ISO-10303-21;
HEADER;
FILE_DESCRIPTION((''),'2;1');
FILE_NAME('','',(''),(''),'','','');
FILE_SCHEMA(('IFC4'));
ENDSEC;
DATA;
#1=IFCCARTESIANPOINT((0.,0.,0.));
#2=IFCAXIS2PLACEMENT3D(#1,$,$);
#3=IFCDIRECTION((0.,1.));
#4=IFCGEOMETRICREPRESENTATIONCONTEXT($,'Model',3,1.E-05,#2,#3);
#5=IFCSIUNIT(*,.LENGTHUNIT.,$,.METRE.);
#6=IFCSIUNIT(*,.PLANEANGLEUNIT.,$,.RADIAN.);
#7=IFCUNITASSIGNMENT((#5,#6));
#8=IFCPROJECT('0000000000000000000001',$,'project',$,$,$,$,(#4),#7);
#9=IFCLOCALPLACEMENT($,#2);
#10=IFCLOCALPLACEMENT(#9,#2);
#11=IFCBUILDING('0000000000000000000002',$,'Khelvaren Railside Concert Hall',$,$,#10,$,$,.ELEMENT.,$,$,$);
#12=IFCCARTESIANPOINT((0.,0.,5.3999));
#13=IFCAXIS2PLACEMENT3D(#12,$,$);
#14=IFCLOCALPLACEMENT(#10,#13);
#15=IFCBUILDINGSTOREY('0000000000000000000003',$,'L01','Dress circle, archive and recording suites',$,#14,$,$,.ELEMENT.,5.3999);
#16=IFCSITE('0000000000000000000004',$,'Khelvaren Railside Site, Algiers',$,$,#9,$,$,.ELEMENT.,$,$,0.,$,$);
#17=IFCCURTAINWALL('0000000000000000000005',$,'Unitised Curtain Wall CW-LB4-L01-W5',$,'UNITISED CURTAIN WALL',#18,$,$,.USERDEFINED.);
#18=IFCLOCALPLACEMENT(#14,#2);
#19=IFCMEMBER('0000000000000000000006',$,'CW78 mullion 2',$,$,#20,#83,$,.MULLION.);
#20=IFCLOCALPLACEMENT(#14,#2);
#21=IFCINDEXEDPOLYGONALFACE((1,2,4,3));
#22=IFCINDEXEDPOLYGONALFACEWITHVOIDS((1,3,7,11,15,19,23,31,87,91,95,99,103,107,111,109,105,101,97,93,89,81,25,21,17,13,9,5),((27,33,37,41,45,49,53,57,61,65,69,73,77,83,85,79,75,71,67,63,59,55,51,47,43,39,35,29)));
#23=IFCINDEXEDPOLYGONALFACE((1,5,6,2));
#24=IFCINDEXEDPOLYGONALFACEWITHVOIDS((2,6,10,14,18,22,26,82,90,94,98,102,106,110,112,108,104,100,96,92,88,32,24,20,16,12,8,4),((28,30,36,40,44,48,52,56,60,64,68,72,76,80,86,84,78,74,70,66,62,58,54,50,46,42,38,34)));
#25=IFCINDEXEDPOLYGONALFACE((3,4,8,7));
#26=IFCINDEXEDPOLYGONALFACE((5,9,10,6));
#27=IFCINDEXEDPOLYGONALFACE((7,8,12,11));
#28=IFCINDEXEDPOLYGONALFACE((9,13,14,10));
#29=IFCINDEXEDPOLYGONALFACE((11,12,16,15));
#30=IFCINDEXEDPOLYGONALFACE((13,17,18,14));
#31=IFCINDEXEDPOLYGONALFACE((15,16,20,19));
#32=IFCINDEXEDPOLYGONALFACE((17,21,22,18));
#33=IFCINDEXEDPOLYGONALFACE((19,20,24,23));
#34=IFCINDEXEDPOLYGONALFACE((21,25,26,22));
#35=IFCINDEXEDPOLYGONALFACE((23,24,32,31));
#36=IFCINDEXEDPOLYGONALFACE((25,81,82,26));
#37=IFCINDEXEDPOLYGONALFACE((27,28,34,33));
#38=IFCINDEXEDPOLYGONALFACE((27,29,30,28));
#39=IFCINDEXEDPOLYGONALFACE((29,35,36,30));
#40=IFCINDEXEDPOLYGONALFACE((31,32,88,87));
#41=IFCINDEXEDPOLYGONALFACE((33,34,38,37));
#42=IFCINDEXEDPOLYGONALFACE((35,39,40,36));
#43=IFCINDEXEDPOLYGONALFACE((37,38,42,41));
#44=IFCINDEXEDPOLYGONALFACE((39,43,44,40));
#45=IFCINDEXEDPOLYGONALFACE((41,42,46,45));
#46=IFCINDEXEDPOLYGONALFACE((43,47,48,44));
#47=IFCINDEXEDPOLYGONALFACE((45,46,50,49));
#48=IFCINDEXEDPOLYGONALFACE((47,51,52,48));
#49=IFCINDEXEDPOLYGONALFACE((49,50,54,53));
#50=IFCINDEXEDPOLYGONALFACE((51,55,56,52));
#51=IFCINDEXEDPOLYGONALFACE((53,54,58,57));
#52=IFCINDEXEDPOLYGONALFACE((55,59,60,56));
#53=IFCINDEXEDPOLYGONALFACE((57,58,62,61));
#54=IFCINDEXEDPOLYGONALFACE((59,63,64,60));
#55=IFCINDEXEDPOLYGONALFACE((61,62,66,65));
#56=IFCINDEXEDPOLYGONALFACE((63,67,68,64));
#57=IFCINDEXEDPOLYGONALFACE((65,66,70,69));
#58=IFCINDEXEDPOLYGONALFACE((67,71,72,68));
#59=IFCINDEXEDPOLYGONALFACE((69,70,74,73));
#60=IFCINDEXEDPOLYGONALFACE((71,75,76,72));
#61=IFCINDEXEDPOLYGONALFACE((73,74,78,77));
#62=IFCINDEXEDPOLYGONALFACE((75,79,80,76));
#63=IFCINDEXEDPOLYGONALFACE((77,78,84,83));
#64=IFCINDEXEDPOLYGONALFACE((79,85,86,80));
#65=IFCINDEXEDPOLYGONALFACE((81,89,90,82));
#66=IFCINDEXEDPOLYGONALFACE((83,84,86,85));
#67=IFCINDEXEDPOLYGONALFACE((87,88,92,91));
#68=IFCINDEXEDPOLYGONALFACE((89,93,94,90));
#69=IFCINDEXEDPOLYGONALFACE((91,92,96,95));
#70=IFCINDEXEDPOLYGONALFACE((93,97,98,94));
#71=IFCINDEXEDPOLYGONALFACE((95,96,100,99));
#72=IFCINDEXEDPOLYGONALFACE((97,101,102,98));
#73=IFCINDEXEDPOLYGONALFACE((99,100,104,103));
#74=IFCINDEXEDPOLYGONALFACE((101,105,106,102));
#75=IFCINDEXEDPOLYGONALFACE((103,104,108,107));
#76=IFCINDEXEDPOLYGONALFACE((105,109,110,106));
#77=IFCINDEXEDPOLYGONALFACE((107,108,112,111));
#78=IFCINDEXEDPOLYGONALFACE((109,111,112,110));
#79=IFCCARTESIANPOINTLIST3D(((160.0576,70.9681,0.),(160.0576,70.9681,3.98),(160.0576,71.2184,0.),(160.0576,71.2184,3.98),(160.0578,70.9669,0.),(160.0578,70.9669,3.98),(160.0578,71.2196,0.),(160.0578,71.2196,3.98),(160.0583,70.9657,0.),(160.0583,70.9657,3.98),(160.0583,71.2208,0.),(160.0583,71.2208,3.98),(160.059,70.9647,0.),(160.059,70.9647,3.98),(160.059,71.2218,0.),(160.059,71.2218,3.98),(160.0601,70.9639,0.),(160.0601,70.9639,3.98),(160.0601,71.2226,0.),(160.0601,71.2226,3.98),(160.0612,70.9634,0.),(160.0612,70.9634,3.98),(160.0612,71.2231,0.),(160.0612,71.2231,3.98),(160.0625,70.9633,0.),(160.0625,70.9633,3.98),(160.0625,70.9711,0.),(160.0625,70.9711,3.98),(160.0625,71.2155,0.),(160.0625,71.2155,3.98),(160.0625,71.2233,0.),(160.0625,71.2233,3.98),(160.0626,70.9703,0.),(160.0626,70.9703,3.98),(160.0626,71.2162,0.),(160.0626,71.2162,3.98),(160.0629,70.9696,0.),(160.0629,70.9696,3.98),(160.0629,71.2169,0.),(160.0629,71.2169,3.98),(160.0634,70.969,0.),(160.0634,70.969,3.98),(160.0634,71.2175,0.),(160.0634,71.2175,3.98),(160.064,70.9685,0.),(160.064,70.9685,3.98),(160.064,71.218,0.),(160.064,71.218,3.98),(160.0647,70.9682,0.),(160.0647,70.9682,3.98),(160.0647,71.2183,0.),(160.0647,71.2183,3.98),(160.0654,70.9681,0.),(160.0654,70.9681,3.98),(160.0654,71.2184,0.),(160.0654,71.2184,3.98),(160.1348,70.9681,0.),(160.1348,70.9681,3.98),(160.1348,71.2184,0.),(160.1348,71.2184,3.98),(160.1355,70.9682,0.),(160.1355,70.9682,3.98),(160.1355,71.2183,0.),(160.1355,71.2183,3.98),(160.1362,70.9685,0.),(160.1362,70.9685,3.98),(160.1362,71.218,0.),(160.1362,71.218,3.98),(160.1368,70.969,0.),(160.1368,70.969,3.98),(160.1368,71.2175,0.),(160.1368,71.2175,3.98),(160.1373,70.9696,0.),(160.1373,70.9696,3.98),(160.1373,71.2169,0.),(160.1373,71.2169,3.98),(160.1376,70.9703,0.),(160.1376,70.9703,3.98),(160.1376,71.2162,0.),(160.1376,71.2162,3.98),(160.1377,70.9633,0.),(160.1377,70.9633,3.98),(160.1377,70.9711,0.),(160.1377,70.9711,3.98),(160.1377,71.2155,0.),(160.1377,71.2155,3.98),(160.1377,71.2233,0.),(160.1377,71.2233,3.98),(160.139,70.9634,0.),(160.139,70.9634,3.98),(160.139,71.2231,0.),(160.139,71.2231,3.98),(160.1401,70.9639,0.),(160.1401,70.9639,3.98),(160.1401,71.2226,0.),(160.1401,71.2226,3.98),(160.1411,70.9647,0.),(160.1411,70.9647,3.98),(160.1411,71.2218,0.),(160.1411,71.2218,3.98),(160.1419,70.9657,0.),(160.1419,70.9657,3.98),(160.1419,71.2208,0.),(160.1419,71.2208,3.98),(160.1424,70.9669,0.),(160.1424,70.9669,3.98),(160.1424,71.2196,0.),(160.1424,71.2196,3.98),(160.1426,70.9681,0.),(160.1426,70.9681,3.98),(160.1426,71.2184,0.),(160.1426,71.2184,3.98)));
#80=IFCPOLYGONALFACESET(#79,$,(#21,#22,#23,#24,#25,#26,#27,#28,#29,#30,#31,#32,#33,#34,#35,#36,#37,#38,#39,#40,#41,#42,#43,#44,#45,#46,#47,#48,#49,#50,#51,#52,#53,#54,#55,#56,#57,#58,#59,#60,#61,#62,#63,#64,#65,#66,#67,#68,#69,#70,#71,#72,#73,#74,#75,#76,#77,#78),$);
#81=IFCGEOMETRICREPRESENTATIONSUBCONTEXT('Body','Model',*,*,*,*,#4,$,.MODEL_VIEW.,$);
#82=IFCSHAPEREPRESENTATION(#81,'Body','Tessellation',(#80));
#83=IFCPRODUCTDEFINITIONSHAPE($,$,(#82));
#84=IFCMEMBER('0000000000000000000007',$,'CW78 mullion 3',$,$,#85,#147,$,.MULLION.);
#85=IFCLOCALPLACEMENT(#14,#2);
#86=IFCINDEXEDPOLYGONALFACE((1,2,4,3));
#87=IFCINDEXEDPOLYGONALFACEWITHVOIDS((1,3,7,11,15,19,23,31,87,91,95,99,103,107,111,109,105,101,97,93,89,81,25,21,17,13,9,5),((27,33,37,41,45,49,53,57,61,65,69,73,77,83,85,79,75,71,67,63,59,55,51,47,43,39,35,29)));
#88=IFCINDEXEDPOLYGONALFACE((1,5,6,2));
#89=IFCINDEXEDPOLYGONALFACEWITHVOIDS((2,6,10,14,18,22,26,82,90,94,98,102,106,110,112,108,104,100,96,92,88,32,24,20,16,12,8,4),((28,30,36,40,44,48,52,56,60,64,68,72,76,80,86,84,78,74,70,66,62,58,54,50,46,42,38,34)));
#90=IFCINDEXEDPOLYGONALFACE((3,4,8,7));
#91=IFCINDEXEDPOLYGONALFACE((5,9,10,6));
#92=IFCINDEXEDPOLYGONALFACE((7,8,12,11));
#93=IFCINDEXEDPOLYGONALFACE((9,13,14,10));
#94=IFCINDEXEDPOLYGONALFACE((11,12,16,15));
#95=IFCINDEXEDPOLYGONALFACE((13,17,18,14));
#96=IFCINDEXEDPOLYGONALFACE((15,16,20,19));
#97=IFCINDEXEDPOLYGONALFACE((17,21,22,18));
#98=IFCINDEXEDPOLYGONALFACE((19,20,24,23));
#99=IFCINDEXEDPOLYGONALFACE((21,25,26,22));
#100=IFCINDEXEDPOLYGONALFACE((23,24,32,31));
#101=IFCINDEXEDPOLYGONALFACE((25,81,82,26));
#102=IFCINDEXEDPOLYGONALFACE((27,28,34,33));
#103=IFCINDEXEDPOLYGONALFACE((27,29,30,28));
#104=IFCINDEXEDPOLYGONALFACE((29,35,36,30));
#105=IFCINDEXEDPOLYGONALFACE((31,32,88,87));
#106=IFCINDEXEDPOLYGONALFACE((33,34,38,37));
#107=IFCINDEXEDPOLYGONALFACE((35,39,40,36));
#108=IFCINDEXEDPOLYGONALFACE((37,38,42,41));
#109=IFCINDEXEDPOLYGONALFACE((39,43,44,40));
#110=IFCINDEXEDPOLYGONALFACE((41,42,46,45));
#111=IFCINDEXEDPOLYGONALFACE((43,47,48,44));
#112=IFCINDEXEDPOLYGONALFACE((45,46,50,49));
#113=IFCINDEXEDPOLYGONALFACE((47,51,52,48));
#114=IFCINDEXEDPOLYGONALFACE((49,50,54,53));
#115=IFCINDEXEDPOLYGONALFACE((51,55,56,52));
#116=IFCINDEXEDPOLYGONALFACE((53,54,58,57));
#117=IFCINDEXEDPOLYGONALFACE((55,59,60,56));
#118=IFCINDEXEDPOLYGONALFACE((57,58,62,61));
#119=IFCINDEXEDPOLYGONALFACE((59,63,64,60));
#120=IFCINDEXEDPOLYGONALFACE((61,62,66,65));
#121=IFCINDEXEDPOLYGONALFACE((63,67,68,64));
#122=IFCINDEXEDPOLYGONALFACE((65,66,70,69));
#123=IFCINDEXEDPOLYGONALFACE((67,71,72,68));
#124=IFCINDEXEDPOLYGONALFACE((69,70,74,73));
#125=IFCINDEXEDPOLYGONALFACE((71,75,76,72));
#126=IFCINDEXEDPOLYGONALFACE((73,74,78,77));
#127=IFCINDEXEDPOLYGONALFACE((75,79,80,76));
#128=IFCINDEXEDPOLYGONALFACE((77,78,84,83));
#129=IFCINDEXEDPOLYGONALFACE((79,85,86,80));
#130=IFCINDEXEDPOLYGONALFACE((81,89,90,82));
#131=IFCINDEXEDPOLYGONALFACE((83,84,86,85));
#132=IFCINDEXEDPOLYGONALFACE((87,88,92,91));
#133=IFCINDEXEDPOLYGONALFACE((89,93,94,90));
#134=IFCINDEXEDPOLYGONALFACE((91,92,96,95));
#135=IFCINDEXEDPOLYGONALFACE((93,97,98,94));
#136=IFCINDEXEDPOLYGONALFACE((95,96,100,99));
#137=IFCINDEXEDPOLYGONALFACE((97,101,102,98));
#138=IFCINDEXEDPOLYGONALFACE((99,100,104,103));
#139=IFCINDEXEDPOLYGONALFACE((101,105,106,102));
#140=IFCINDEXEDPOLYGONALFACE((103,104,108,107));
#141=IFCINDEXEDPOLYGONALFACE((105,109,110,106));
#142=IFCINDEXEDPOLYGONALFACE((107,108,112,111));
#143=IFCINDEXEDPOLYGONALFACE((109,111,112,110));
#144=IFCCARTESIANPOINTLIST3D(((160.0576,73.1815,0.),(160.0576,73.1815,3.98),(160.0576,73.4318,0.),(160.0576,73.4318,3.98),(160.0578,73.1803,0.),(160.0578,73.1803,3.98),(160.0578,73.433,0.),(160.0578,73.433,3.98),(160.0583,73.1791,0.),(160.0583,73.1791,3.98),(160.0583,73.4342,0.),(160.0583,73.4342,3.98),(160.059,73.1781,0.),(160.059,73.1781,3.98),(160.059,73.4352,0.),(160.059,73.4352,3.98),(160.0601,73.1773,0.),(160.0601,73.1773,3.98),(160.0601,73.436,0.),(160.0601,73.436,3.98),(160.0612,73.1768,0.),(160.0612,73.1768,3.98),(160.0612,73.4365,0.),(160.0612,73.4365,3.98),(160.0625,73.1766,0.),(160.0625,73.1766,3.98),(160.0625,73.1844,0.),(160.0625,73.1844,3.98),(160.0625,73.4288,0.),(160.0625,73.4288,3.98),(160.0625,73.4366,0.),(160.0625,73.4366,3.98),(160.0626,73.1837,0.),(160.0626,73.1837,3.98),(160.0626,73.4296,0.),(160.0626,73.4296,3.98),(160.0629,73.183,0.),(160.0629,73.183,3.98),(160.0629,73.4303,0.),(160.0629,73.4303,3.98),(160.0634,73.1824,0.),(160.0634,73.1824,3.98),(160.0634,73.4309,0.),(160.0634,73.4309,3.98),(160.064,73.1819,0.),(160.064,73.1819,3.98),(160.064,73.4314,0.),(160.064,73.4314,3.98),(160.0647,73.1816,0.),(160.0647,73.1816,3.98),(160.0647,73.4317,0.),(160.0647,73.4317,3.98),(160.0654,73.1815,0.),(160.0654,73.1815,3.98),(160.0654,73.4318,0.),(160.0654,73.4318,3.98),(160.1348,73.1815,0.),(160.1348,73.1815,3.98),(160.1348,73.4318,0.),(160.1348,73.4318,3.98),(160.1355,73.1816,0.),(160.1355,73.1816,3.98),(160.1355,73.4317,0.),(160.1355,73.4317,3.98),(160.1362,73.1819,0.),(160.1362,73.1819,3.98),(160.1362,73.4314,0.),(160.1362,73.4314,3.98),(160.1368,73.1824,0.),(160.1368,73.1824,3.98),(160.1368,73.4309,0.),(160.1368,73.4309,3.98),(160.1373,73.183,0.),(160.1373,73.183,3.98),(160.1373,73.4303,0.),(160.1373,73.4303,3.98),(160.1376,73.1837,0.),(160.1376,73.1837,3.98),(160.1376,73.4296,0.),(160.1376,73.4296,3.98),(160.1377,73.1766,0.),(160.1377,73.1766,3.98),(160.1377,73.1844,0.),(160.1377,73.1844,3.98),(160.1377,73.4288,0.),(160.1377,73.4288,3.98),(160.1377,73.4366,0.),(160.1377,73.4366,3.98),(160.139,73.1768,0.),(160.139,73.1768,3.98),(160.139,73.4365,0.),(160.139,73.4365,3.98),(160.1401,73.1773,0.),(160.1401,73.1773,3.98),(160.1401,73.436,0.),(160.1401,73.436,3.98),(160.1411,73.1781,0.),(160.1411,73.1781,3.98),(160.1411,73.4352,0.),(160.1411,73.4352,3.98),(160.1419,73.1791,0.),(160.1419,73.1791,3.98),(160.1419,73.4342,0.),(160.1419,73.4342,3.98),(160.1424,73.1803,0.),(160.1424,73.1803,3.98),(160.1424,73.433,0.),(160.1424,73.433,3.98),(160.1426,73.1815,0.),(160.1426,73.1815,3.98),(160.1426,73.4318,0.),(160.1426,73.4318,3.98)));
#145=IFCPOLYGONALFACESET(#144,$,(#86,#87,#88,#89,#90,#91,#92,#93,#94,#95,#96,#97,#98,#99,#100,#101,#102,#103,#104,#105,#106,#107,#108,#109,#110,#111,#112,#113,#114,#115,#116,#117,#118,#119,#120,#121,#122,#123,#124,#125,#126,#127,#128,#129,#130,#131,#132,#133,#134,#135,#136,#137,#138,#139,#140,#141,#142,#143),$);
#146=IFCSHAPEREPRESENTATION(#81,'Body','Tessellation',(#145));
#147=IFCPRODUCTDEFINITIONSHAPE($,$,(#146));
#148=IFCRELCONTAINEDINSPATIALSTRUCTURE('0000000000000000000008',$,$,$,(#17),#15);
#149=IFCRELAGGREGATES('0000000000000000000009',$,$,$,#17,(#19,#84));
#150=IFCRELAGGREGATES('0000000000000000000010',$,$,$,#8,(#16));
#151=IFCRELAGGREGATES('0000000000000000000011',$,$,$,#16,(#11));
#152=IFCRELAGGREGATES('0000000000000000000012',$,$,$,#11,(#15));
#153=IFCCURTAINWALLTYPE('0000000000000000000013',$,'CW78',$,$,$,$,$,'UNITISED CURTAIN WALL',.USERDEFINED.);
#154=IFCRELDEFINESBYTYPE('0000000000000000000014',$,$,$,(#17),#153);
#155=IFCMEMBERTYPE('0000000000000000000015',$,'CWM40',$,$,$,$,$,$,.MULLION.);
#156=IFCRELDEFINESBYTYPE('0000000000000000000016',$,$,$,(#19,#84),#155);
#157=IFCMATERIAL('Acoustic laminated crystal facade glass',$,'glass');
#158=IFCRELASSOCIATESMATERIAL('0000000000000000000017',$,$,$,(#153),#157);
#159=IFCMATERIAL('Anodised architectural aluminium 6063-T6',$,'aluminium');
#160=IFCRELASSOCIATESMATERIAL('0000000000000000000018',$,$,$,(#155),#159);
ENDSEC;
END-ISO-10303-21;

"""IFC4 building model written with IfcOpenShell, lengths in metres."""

from ifc_helpers import new_model, si_unit, direction, frame, origin, origin_2d, place, context, subcontext, project, spatial, hollow_rectangle, extrude, material, material_profile, profile_set, type_object, element, aggregate, save


model = new_model("IFC4")

# Units and contexts
model_context = context("Model", 3, precision=1e-05, world=origin(), true_north=direction((0.0, 1.0)))
body_context = subcontext(model_context, "Body", "Model", "MODEL_VIEW")
ifc_project = project(units=[si_unit("LENGTHUNIT", "METRE"), si_unit("PLANEANGLEUNIT", "RADIAN")], contexts=[model_context])

# Site, building, storey
site_placement = place(None, origin())
site = spatial("IfcSite", under=ifc_project, at=site_placement, Name="Khelvaren Railside Site, Algiers", CompositionType="ELEMENT", RefElevation=0.0)
building_placement = place(site_placement, origin())
building = spatial("IfcBuilding", under=site, at=building_placement, Name="Khelvaren Railside Concert Hall", CompositionType="ELEMENT")
storey_placement = place(building_placement, frame((0.0, 0.0, 5.3999)))
storey = spatial("IfcBuildingStorey", under=building, at=storey_placement, Name="L01", Description="Dress circle, archive and recording suites", CompositionType="ELEMENT", Elevation=5.3999)

# Shared definitions
ifc_material_1 = material(Name="Acoustic laminated crystal facade glass", Category="glass")
curtain_wall_type = type_object("IfcCurtainWallType", Name="CW78", ElementType="UNITISED CURTAIN WALL", PredefinedType="USERDEFINED", material=ifc_material_1)
ifc_material_2 = material(Name="Anodised architectural aluminium 6063-T6", Category="aluminium")
ifc_material_profile_1 = material_profile(ifc_material_2, hollow_rectangle(XDim=0.085, YDim=0.26, WallThickness=0.0049, InnerFilletRadius=0.0029, OuterFilletRadius=0.0049, at=origin_2d()), Name="CWM 85x260x5")
ifc_profile_set_1 = profile_set([ifc_material_profile_1], Name="Anodised architectural aluminium 6063-T6")
member_type_1 = type_object("IfcMemberType", Name="CWM40", PredefinedType="MULLION", material=ifc_profile_set_1)

# Curtain wall, members
curtain_wall_1_placement = place(storey_placement, origin())
curtain_wall_1 = element("IfcCurtainWall", 1, at=curtain_wall_1_placement, inside=storey, type_object=curtain_wall_type, Name="Unitised Curtain Wall CW-LB4-L01-W5", ObjectType="UNITISED CURTAIN WALL", PredefinedType="USERDEFINED")
member_1_placement = place(storey_placement, frame((160.1001, 71.0933, 0.0), z_axis=(0.0, 0.0, 1.0), x_axis=(-1.0, 0.0, 0.0)))
member_1 = element("IfcMember", 2, at=member_1_placement, type_object=member_type_1, Name="CW78 mullion 2", PredefinedType="MULLION", context=body_context, shape_type="SweptSolid", body=[
    extrude(hollow_rectangle(XDim=0.085, YDim=0.26, WallThickness=0.0049, InnerFilletRadius=0.0029, OuterFilletRadius=0.0049, at=origin_2d()), origin(), (0.0, 0.0, 1.0), 3.98),
])
member_2_placement = place(storey_placement, frame((160.1001, 73.3066, 0.0), z_axis=(0.0, 0.0, 1.0), x_axis=(-1.0, 0.0, 0.0)))
member_2 = element("IfcMember", 3, at=member_2_placement, type_object=member_type_1, Name="CW78 mullion 3", PredefinedType="MULLION", context=body_context, shape_type="SweptSolid", body=[
    extrude(hollow_rectangle(XDim=0.085, YDim=0.26, WallThickness=0.0049, InnerFilletRadius=0.0029, OuterFilletRadius=0.0049, at=origin_2d()), origin(), (0.0, 0.0, 1.0), 3.98),
])

aggregate(curtain_wall_1, [member_1, member_2])

save(model, "model.ifc")
